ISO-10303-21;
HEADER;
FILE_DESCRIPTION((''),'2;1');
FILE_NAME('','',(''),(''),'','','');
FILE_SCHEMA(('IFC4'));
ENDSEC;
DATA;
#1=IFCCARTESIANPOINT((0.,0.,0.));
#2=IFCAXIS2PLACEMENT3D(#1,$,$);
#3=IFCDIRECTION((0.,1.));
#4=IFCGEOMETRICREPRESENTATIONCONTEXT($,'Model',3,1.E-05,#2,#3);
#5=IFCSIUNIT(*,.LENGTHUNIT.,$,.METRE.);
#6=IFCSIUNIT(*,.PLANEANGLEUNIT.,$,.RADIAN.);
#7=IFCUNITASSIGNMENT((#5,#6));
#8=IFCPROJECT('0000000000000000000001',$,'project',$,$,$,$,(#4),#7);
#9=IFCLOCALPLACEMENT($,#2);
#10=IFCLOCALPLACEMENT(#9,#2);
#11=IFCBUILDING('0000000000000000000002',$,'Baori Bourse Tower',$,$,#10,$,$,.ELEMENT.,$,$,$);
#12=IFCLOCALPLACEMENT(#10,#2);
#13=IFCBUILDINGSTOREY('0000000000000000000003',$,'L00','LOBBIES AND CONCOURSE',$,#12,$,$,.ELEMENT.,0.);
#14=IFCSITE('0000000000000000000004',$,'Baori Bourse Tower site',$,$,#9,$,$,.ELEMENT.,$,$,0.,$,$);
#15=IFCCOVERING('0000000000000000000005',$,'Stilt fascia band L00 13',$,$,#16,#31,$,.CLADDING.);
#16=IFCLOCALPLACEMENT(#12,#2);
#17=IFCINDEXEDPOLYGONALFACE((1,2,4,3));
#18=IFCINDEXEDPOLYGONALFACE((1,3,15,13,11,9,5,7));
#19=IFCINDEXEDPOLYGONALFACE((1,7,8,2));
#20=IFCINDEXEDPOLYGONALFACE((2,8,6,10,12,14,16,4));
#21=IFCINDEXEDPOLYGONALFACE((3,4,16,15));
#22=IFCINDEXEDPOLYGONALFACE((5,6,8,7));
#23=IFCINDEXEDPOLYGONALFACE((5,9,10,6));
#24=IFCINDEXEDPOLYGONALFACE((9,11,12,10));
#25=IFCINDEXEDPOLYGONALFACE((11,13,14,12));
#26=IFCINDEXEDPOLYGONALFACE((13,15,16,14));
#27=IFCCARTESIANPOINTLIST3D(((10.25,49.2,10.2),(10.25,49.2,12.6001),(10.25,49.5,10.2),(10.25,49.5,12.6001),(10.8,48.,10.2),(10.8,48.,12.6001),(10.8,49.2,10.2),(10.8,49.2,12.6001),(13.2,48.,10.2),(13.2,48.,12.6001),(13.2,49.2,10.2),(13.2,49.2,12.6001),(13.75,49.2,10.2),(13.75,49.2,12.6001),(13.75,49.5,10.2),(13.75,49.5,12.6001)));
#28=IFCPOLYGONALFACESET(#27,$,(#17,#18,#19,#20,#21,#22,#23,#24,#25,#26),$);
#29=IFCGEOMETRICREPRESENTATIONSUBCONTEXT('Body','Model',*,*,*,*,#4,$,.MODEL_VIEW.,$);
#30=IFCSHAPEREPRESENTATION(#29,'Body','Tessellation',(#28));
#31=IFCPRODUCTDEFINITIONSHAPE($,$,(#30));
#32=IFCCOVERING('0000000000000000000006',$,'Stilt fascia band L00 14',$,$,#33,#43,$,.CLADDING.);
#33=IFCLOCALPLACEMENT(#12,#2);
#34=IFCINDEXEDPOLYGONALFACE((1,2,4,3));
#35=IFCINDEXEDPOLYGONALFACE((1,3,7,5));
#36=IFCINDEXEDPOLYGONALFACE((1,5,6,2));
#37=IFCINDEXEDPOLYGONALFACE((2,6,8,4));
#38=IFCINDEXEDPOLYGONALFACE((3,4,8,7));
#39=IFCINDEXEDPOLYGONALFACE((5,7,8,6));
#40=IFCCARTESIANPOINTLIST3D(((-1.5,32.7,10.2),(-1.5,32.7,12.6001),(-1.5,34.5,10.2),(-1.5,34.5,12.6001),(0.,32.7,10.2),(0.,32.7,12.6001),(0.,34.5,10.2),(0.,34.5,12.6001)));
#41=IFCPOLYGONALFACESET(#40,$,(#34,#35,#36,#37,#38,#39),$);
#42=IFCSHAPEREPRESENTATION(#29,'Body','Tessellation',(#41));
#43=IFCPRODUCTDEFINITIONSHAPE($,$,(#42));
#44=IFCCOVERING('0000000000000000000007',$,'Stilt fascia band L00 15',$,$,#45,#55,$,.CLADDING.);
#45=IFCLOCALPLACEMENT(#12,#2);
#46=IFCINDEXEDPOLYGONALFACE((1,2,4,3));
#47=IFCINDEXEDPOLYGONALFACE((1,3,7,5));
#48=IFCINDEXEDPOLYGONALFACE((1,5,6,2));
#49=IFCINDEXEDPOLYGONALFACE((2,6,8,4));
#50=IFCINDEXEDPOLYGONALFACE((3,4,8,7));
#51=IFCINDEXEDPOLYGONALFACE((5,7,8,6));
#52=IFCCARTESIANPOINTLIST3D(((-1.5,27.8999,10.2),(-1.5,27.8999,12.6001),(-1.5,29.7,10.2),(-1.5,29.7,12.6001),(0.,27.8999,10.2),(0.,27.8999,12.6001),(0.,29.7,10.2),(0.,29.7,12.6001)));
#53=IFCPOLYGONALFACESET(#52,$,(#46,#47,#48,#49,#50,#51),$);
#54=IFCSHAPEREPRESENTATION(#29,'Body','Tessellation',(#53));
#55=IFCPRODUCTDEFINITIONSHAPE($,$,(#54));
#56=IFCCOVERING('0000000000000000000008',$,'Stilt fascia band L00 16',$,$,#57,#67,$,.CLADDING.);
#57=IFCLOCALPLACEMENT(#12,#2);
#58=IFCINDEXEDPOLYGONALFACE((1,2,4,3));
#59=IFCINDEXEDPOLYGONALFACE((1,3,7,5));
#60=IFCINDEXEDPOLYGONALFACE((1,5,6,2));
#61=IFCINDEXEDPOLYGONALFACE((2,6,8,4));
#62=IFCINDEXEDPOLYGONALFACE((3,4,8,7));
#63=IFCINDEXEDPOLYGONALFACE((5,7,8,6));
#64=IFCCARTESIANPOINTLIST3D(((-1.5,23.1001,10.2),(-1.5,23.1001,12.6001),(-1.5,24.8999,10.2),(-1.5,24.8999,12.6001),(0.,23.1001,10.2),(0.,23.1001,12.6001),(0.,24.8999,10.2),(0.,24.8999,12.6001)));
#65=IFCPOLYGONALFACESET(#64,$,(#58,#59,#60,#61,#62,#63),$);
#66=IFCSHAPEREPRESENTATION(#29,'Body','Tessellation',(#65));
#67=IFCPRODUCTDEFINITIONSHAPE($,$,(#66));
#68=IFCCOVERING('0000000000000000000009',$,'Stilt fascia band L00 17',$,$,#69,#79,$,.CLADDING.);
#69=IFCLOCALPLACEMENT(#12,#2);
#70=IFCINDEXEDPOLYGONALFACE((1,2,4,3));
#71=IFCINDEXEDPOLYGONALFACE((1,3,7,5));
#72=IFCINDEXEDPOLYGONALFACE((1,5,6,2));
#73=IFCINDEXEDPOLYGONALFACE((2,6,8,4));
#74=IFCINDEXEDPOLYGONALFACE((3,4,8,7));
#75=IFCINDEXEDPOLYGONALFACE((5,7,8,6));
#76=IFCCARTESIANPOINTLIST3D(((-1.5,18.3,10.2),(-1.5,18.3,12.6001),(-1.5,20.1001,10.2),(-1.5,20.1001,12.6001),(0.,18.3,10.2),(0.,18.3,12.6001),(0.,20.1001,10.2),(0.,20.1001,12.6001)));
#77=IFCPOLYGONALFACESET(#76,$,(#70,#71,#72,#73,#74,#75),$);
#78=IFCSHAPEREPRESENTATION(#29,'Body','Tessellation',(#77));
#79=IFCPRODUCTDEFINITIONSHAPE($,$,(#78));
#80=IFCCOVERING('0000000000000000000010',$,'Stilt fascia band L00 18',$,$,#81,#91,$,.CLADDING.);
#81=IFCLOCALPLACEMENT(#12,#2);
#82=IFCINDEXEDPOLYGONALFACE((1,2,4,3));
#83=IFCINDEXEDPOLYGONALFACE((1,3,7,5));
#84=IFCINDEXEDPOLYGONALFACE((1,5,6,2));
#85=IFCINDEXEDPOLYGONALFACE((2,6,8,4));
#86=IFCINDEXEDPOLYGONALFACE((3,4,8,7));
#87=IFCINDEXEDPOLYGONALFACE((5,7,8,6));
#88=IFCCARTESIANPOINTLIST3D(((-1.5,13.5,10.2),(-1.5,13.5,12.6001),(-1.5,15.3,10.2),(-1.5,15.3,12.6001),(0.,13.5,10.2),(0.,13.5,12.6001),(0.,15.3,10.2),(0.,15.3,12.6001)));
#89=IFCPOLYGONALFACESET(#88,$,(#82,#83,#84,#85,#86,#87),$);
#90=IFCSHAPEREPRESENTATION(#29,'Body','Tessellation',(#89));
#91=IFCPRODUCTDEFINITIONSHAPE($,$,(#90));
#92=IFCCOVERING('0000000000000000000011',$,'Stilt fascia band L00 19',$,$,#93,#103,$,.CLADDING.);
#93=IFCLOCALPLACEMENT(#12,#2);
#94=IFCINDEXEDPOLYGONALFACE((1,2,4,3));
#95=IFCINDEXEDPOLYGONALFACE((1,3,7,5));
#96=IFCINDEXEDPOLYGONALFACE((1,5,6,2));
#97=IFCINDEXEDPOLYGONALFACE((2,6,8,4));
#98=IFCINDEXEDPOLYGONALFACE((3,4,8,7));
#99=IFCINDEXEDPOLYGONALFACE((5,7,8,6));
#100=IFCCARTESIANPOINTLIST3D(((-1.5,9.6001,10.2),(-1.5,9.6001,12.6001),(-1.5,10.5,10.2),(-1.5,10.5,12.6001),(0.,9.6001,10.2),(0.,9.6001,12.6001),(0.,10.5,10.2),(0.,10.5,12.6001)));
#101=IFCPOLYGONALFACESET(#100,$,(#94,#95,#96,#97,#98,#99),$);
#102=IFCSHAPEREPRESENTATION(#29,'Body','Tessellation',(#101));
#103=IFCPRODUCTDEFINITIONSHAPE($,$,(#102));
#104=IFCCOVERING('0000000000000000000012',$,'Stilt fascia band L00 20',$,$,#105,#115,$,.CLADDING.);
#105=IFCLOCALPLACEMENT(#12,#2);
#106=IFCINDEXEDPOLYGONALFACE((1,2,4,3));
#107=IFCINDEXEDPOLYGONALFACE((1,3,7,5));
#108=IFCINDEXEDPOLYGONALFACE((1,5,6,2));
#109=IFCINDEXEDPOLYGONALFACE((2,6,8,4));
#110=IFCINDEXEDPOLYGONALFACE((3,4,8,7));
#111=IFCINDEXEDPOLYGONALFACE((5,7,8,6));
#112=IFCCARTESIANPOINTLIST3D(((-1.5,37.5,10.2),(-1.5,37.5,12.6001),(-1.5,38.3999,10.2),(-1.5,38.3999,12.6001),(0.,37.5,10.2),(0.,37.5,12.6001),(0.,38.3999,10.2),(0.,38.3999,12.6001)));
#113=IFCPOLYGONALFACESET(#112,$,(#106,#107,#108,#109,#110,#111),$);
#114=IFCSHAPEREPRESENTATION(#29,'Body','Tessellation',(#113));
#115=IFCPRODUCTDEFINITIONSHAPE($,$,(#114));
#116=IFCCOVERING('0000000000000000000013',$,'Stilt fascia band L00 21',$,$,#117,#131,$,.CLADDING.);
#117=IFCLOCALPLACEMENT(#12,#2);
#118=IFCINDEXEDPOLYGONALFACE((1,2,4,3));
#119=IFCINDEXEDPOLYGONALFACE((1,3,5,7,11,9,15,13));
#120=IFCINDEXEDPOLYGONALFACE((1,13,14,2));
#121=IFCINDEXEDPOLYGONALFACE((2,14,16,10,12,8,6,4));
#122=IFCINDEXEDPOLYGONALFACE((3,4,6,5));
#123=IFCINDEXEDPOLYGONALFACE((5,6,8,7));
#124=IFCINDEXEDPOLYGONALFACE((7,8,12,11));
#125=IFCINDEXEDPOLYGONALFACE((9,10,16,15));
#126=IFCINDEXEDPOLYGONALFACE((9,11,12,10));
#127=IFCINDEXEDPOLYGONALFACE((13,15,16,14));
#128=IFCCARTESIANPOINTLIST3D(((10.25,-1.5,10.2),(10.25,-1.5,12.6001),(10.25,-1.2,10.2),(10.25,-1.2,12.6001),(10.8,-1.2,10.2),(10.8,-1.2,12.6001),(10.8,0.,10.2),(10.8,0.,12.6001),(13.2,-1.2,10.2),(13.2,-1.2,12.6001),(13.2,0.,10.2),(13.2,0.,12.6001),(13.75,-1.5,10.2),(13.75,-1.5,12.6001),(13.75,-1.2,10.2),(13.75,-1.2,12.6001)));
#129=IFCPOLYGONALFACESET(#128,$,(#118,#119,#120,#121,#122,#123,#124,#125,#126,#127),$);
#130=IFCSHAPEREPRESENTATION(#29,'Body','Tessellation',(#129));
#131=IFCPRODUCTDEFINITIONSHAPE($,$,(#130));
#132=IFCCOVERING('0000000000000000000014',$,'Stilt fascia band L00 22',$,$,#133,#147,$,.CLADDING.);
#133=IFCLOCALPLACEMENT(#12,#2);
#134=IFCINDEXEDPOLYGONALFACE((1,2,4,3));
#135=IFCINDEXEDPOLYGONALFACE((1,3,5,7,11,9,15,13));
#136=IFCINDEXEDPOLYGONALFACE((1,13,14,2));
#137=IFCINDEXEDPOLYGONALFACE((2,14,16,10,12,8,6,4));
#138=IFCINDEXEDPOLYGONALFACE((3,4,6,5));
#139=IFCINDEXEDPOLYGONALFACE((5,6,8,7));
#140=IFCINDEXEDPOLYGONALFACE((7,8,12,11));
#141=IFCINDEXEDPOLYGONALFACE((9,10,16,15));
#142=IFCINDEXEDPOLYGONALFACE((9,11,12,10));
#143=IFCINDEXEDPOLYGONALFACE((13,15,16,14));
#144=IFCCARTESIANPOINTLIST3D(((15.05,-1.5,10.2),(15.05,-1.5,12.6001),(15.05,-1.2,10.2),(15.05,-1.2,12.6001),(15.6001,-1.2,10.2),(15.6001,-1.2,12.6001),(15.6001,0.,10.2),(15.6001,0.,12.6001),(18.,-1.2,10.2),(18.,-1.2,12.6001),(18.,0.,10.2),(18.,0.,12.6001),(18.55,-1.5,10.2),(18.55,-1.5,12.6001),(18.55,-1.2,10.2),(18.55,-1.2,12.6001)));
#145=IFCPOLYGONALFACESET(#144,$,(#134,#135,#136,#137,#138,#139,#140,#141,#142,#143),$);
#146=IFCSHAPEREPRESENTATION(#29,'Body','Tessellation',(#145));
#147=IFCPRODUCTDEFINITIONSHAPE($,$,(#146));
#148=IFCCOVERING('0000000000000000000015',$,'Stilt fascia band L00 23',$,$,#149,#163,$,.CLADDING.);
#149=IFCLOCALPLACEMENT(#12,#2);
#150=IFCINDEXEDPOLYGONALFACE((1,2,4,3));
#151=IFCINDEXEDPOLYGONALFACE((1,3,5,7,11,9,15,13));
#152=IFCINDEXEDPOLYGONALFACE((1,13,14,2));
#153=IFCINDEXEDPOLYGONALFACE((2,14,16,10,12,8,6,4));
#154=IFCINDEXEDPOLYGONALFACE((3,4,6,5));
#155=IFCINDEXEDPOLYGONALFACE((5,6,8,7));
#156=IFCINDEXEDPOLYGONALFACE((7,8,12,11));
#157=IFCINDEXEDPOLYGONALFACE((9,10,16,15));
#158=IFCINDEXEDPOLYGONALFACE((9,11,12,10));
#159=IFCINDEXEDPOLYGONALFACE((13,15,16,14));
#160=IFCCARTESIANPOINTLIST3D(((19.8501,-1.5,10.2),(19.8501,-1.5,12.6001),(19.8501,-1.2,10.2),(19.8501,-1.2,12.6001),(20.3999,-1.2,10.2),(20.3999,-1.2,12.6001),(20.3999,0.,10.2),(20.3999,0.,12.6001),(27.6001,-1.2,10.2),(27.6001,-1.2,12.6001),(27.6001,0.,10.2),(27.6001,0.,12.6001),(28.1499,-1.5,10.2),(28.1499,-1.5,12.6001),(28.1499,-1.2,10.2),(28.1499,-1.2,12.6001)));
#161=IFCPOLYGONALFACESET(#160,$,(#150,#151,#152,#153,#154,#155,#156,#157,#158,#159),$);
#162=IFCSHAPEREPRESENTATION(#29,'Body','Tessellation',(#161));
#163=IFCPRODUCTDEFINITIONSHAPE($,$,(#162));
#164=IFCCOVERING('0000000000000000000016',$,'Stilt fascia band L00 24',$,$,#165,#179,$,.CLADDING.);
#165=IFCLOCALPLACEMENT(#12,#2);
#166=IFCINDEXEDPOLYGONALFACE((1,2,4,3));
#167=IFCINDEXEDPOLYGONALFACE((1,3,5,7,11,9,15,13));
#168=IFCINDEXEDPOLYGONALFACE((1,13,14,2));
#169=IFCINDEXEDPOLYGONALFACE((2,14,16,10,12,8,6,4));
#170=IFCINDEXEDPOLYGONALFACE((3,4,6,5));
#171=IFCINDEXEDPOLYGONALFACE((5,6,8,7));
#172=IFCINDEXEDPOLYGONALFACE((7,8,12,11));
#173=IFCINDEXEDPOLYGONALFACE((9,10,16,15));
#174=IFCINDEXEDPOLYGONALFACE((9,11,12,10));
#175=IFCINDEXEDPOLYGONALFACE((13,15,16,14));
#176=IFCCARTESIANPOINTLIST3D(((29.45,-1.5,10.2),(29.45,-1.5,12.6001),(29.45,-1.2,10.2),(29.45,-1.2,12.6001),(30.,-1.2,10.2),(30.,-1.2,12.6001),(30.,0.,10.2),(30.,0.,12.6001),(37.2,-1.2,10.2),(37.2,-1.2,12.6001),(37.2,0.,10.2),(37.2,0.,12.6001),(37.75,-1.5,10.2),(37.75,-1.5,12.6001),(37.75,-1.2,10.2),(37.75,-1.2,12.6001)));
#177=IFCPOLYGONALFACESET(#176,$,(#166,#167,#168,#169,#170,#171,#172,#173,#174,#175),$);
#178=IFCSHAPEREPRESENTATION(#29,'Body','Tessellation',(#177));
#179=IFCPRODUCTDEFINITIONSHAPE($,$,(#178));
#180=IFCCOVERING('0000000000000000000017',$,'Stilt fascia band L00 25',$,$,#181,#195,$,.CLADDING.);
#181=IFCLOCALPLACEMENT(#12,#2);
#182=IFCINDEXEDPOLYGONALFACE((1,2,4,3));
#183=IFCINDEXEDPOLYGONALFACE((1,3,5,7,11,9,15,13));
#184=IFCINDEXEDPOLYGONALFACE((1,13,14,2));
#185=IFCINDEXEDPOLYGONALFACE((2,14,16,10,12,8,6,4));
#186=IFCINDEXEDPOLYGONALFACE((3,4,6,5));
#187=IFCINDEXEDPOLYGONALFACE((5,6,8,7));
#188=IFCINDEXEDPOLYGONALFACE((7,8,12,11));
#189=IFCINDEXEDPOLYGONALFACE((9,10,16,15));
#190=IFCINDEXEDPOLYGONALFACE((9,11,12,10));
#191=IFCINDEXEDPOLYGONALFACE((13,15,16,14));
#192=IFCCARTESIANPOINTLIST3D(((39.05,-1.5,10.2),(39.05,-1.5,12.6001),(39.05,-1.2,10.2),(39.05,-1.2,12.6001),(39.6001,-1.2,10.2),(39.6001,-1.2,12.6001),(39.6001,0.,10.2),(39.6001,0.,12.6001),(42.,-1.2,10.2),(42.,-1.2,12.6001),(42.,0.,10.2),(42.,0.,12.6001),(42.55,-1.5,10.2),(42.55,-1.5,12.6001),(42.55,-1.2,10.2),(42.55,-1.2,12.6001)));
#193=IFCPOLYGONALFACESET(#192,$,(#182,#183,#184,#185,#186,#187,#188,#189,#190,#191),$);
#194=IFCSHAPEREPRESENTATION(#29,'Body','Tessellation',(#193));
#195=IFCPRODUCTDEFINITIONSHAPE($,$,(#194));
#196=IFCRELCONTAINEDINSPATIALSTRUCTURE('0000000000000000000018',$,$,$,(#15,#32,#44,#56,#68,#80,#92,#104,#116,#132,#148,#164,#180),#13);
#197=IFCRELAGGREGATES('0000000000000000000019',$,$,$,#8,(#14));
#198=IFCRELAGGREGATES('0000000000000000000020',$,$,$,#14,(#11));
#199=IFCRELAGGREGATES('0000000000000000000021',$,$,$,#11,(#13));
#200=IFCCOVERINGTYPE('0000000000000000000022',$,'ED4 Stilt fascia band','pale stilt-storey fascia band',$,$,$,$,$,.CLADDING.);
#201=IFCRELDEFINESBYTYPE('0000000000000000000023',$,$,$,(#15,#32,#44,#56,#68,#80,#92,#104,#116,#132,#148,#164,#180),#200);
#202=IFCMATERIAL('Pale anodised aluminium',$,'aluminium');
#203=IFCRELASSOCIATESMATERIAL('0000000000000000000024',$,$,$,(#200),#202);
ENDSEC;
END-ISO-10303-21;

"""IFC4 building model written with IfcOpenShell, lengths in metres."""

from ifc_helpers import new_model, si_unit, direction, frame, origin, place, context, subcontext, project, spatial, polyline, outline, extrude, material, type_object, element, save


model = new_model("IFC4")

# Units and contexts
model_context = context("Model", 3, precision=1e-05, world=origin(), true_north=direction((0.0, 1.0)))
body_context = subcontext(model_context, "Body", "Model", "MODEL_VIEW")
ifc_project = project(units=[si_unit("LENGTHUNIT", "METRE"), si_unit("PLANEANGLEUNIT", "RADIAN")], contexts=[model_context])

# Site, building, storey
site_placement = place(None, origin())
site = spatial("IfcSite", under=ifc_project, at=site_placement, Name="Baori Bourse Tower site", CompositionType="ELEMENT", RefElevation=0.0)
building_placement = place(site_placement, origin())
building = spatial("IfcBuilding", under=site, at=building_placement, Name="Baori Bourse Tower", CompositionType="ELEMENT")
storey_placement = place(building_placement, origin())
storey = spatial("IfcBuildingStorey", under=building, at=storey_placement, Name="L00", Description="LOBBIES AND CONCOURSE", CompositionType="ELEMENT", Elevation=0.0)

# Coverings
ifc_material_1 = material(Name="Pale anodised aluminium", Category="aluminium")
covering_type_1 = type_object("IfcCoveringType", Name="ED4 Stilt fascia band", Description="pale stilt-storey fascia band", PredefinedType="CLADDING", material=ifc_material_1)
covering_1_placement = place(storey_placement, frame((0.0, 0.0, 10.2)))
element("IfcCovering", 1, at=covering_1_placement, inside=storey, type_object=covering_type_1, Name="Stilt fascia band L00 13", PredefinedType="CLADDING", context=body_context, shape_type="SweptSolid", body=[
    extrude(outline(polyline([(10.8, 48.0), (13.2, 48.0), (13.2, 49.2), (13.75, 49.2), (13.75, 49.5), (10.25, 49.5), (10.25, 49.2), (10.8, 49.2), (10.8, 48.0)])), origin(), (0.0, 0.0, 1.0), 2.4001),
])
covering_2_placement = place(storey_placement, frame((0.0, 0.0, 10.2)))
element("IfcCovering", 2, at=covering_2_placement, inside=storey, type_object=covering_type_1, Name="Stilt fascia band L00 14", PredefinedType="CLADDING", context=body_context, shape_type="SweptSolid", body=[
    extrude(outline(polyline([(0.0, 32.7), (0.0, 34.5), (-1.5, 34.5), (-1.5, 32.7), (0.0, 32.7)])), origin(), (0.0, 0.0, 1.0), 2.4001),
])
covering_3_placement = place(storey_placement, frame((0.0, 0.0, 10.2)))
element("IfcCovering", 3, at=covering_3_placement, inside=storey, type_object=covering_type_1, Name="Stilt fascia band L00 15", PredefinedType="CLADDING", context=body_context, shape_type="SweptSolid", body=[
    extrude(outline(polyline([(0.0, 27.8999), (0.0, 29.7), (-1.5, 29.7), (-1.5, 27.8999), (0.0, 27.8999)])), origin(), (0.0, 0.0, 1.0), 2.4001),
])
covering_4_placement = place(storey_placement, frame((0.0, 0.0, 10.2)))
element("IfcCovering", 4, at=covering_4_placement, inside=storey, type_object=covering_type_1, Name="Stilt fascia band L00 16", PredefinedType="CLADDING", context=body_context, shape_type="SweptSolid", body=[
    extrude(outline(polyline([(0.0, 23.1001), (0.0, 24.8999), (-1.5, 24.8999), (-1.5, 23.1001), (0.0, 23.1001)])), origin(), (0.0, 0.0, 1.0), 2.4001),
])
covering_5_placement = place(storey_placement, frame((0.0, 0.0, 10.2)))
element("IfcCovering", 5, at=covering_5_placement, inside=storey, type_object=covering_type_1, Name="Stilt fascia band L00 17", PredefinedType="CLADDING", context=body_context, shape_type="SweptSolid", body=[
    extrude(outline(polyline([(0.0, 18.3), (0.0, 20.1001), (-1.5, 20.1001), (-1.5, 18.3), (0.0, 18.3)])), origin(), (0.0, 0.0, 1.0), 2.4001),
])
covering_6_placement = place(storey_placement, frame((0.0, 0.0, 10.2)))
element("IfcCovering", 6, at=covering_6_placement, inside=storey, type_object=covering_type_1, Name="Stilt fascia band L00 18", PredefinedType="CLADDING", context=body_context, shape_type="SweptSolid", body=[
    extrude(outline(polyline([(0.0, 13.5), (0.0, 15.3), (-1.5, 15.3), (-1.5, 13.5), (0.0, 13.5)])), origin(), (0.0, 0.0, 1.0), 2.4001),
])
covering_7_placement = place(storey_placement, frame((0.0, 0.0, 10.2)))
element("IfcCovering", 7, at=covering_7_placement, inside=storey, type_object=covering_type_1, Name="Stilt fascia band L00 19", PredefinedType="CLADDING", context=body_context, shape_type="SweptSolid", body=[
    extrude(outline(polyline([(0.0, 9.6001), (0.0, 10.5), (-1.5, 10.5), (-1.5, 9.6001), (0.0, 9.6001)])), origin(), (0.0, 0.0, 1.0), 2.4001),
])
covering_8_placement = place(storey_placement, frame((0.0, 0.0, 10.2)))
element("IfcCovering", 8, at=covering_8_placement, inside=storey, type_object=covering_type_1, Name="Stilt fascia band L00 20", PredefinedType="CLADDING", context=body_context, shape_type="SweptSolid", body=[
    extrude(outline(polyline([(0.0, 37.5), (0.0, 38.3999), (-1.5, 38.3999), (-1.5, 37.5), (0.0, 37.5)])), origin(), (0.0, 0.0, 1.0), 2.4001),
])
covering_9_placement = place(storey_placement, frame((0.0, 0.0, 10.2)))
element("IfcCovering", 9, at=covering_9_placement, inside=storey, type_object=covering_type_1, Name="Stilt fascia band L00 21", PredefinedType="CLADDING", context=body_context, shape_type="SweptSolid", body=[
    extrude(outline(polyline([(13.2, 0.0), (10.8, 0.0), (10.8, -1.2), (10.25, -1.2), (10.25, -1.5), (13.75, -1.5), (13.75, -1.2), (13.2, -1.2), (13.2, 0.0)])), origin(), (0.0, 0.0, 1.0), 2.4001),
])
covering_10_placement = place(storey_placement, frame((0.0, 0.0, 10.2)))
element("IfcCovering", 10, at=covering_10_placement, inside=storey, type_object=covering_type_1, Name="Stilt fascia band L00 22", PredefinedType="CLADDING", context=body_context, shape_type="SweptSolid", body=[
    extrude(outline(polyline([(18.0, 0.0), (15.6001, 0.0), (15.6001, -1.2), (15.05, -1.2), (15.05, -1.5), (18.55, -1.5), (18.55, -1.2), (18.0, -1.2), (18.0, 0.0)])), origin(), (0.0, 0.0, 1.0), 2.4001),
])
covering_11_placement = place(storey_placement, frame((0.0, 0.0, 10.2)))
element("IfcCovering", 11, at=covering_11_placement, inside=storey, type_object=covering_type_1, Name="Stilt fascia band L00 23", PredefinedType="CLADDING", context=body_context, shape_type="SweptSolid", body=[
    extrude(outline(polyline([(27.6001, 0.0), (20.3999, 0.0), (20.3999, -1.2), (19.8501, -1.2), (19.8501, -1.5), (28.1499, -1.5), (28.1499, -1.2), (27.6001, -1.2), (27.6001, 0.0)])), origin(), (0.0, 0.0, 1.0), 2.4001),
])
covering_12_placement = place(storey_placement, frame((0.0, 0.0, 10.2)))
element("IfcCovering", 12, at=covering_12_placement, inside=storey, type_object=covering_type_1, Name="Stilt fascia band L00 24", PredefinedType="CLADDING", context=body_context, shape_type="SweptSolid", body=[
    extrude(outline(polyline([(37.2, 0.0), (30.0, 0.0), (30.0, -1.2), (29.45, -1.2), (29.45, -1.5), (37.75, -1.5), (37.75, -1.2), (37.2, -1.2), (37.2, 0.0)])), origin(), (0.0, 0.0, 1.0), 2.4001),
])
covering_13_placement = place(storey_placement, frame((0.0, 0.0, 10.2)))
element("IfcCovering", 13, at=covering_13_placement, inside=storey, type_object=covering_type_1, Name="Stilt fascia band L00 25", PredefinedType="CLADDING", context=body_context, shape_type="SweptSolid", body=[
    extrude(outline(polyline([(42.0, 0.0), (39.6001, 0.0), (39.6001, -1.2), (39.05, -1.2), (39.05, -1.5), (42.55, -1.5), (42.55, -1.2), (42.0, -1.2), (42.0, 0.0)])), origin(), (0.0, 0.0, 1.0), 2.4001),
])

save(model, "model.ifc")
